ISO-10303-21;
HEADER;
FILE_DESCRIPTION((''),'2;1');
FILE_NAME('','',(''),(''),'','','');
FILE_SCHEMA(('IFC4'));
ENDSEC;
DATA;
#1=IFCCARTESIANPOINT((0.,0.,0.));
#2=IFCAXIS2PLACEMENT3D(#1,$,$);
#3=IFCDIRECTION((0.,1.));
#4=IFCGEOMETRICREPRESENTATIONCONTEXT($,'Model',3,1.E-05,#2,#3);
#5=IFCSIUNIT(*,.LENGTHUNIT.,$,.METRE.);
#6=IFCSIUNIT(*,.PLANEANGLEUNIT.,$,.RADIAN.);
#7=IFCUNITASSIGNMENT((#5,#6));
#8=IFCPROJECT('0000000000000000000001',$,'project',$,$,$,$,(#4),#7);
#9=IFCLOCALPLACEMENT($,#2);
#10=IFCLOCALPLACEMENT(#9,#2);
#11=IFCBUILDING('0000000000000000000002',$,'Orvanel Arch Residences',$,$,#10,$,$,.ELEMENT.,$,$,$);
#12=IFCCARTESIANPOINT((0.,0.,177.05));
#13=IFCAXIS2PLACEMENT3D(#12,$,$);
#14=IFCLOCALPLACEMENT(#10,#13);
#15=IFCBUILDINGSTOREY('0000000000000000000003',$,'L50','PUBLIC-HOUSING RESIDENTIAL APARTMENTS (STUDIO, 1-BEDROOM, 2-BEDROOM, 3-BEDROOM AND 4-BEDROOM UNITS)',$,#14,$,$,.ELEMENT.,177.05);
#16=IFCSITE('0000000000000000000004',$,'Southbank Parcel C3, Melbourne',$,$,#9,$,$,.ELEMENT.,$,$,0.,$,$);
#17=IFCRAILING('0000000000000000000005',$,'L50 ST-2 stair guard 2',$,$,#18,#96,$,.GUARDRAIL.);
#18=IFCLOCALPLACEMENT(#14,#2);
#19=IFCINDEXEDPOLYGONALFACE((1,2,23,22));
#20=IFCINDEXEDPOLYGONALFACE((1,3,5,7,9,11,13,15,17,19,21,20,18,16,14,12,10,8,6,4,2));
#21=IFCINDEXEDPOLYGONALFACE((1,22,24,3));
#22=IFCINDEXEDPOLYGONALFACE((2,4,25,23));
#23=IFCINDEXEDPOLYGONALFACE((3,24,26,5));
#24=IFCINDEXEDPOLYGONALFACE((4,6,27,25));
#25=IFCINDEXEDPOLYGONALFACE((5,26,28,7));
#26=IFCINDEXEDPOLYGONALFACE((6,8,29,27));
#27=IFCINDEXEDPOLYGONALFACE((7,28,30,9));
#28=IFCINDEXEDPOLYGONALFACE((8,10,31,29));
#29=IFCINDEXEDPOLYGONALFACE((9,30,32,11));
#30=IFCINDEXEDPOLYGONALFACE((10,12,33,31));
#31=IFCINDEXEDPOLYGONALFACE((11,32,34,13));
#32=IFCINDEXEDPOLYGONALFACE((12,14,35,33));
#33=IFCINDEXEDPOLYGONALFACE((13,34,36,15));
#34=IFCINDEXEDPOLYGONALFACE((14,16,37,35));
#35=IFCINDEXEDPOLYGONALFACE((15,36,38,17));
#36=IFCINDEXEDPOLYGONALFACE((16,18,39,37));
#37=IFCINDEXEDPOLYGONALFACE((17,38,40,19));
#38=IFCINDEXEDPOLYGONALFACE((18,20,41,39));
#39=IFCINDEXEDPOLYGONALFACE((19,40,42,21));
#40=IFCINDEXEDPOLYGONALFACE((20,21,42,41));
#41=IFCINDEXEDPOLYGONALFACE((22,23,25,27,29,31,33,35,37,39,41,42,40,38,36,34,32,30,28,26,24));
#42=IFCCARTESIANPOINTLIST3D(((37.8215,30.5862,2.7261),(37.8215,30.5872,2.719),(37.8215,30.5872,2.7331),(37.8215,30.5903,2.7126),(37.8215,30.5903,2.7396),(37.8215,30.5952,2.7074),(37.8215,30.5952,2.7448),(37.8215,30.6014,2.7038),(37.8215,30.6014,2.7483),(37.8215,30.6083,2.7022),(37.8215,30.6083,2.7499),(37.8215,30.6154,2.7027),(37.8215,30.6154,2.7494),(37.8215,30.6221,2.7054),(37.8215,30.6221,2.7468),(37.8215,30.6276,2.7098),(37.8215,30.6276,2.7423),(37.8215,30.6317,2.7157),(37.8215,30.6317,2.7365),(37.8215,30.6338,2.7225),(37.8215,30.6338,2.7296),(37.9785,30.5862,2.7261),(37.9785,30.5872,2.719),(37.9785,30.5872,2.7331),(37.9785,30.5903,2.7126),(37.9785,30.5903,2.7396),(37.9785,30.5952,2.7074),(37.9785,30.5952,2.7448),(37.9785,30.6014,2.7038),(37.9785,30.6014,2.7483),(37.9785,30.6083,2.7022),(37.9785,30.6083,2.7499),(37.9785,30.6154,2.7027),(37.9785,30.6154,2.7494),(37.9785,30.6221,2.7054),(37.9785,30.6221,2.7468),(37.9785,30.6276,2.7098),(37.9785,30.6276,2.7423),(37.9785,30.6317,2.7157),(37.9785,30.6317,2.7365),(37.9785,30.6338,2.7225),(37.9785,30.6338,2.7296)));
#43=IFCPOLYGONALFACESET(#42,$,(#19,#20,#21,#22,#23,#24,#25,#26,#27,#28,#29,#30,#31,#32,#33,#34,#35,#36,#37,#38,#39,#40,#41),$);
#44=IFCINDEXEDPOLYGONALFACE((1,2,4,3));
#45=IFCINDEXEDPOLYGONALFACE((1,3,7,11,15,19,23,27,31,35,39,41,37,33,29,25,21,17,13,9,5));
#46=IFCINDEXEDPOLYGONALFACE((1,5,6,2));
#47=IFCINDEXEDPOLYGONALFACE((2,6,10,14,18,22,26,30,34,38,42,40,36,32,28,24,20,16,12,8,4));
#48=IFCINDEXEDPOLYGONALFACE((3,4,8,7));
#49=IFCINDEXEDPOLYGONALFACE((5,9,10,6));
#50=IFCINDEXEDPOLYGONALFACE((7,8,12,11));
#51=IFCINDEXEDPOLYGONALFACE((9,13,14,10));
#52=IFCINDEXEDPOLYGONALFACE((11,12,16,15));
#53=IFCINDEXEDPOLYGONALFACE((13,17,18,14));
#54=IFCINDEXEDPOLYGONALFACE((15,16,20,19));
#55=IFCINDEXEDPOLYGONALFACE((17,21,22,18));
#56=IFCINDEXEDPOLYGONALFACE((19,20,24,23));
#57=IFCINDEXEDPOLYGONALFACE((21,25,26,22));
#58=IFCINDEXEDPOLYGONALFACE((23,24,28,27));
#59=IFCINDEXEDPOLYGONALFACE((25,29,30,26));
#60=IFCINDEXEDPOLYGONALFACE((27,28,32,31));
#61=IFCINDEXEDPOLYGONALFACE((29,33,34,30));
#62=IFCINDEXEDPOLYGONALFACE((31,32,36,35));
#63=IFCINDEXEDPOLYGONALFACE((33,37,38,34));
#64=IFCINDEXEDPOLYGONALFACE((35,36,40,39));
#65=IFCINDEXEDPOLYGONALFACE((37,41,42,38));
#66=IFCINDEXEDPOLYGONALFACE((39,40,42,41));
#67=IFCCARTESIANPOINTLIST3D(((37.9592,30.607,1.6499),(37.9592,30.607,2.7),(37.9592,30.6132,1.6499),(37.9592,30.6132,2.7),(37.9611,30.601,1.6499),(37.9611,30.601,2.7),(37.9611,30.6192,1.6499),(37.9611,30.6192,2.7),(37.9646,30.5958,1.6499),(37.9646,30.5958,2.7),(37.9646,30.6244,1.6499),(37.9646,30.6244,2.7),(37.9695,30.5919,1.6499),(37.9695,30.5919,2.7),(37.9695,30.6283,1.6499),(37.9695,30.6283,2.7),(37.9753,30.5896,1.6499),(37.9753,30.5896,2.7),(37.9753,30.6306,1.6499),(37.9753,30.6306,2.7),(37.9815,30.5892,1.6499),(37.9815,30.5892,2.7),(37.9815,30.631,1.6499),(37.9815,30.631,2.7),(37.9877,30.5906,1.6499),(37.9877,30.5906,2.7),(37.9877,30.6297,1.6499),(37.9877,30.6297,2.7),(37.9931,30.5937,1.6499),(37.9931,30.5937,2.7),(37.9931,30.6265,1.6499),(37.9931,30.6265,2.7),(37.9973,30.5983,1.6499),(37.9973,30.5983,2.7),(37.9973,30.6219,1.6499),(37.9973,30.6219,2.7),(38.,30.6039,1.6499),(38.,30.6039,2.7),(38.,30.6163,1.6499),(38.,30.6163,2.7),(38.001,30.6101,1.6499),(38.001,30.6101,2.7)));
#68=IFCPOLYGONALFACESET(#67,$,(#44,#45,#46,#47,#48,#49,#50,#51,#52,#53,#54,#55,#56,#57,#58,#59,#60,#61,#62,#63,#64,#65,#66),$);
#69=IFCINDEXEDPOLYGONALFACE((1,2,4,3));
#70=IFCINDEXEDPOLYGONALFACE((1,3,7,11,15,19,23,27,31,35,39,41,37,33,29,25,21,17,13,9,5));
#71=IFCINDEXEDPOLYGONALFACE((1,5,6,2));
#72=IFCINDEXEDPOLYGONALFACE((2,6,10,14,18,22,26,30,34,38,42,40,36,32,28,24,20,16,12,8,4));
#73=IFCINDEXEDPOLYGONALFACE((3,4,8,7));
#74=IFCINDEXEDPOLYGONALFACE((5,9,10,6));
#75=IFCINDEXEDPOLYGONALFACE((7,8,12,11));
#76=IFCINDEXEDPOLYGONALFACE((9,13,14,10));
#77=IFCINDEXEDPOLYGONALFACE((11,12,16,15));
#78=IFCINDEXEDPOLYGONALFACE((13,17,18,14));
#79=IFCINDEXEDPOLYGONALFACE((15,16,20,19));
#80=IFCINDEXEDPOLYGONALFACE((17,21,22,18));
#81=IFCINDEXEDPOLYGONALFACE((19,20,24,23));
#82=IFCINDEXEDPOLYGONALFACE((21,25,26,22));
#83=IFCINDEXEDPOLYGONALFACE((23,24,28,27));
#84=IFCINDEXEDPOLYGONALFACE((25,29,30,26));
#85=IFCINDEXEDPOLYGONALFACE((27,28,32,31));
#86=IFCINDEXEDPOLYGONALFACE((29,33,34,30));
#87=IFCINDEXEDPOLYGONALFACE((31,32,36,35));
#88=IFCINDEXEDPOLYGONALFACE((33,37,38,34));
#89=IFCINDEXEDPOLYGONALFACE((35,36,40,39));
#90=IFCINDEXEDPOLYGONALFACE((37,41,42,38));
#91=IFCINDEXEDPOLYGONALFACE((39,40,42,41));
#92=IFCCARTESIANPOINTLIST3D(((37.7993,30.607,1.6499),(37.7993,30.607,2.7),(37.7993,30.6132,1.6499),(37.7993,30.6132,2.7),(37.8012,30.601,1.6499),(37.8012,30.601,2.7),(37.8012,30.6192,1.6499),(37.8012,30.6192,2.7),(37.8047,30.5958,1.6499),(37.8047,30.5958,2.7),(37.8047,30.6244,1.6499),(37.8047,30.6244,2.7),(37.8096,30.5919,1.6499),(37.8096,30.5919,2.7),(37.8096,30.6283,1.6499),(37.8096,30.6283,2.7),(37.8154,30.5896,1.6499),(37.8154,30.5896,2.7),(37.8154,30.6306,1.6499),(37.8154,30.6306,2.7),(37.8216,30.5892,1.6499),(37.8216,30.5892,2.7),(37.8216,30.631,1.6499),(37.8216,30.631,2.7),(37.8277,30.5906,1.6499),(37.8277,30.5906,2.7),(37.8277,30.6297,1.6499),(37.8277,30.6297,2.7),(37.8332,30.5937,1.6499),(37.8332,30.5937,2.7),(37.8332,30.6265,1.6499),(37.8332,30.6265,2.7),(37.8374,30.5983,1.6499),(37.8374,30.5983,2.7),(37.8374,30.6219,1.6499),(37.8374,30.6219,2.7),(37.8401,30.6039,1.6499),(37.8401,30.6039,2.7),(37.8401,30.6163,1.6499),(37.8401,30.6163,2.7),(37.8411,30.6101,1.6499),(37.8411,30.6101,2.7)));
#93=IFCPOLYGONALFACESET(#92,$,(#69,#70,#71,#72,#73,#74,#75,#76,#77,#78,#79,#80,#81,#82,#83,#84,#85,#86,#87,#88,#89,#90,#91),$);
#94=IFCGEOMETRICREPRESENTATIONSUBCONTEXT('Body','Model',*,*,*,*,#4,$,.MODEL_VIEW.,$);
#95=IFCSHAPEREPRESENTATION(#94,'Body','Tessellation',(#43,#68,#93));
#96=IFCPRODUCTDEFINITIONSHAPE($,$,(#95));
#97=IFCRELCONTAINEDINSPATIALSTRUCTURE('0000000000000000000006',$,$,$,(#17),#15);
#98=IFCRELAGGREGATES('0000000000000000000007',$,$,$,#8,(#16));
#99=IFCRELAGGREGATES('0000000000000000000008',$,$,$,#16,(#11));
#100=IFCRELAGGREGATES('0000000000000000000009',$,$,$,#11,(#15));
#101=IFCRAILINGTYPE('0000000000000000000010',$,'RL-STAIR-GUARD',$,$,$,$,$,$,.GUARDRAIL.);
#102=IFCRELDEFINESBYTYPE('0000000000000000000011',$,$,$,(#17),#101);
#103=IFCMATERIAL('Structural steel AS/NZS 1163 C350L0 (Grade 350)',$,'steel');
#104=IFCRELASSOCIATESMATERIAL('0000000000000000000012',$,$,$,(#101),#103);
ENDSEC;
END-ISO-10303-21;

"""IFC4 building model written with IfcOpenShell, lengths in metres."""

from ifc_helpers import new_model, si_unit, direction, frame, origin, origin_2d, place, context, subcontext, project, spatial, circle, extrude, material, type_object, element, save


model = new_model("IFC4")

# Units and contexts
model_context = context("Model", 3, precision=1e-05, world=origin(), true_north=direction((0.0, 1.0)))
body_context = subcontext(model_context, "Body", "Model", "MODEL_VIEW")
ifc_project = project(units=[si_unit("LENGTHUNIT", "METRE"), si_unit("PLANEANGLEUNIT", "RADIAN")], contexts=[model_context])

# Site, building, storey
site_placement = place(None, origin())
site = spatial("IfcSite", under=ifc_project, at=site_placement, Name="Southbank Parcel C3, Melbourne", CompositionType="ELEMENT", RefElevation=0.0)
building_placement = place(site_placement, origin())
building = spatial("IfcBuilding", under=site, at=building_placement, Name="Orvanel Arch Residences", CompositionType="ELEMENT")
storey_placement = place(building_placement, frame((0.0, 0.0, 177.05)))
storey = spatial("IfcBuildingStorey", under=building, at=storey_placement, Name="L50", Description="PUBLIC-HOUSING RESIDENTIAL APARTMENTS (STUDIO, 1-BEDROOM, 2-BEDROOM, 3-BEDROOM AND 4-BEDROOM UNITS)", CompositionType="ELEMENT", Elevation=177.05)

# Railing
ifc_material_1 = material(Name="Structural steel AS/NZS 1163 C350L0 (Grade 350)", Category="steel")
railing_type_1 = type_object("IfcRailingType", Name="RL-STAIR-GUARD", PredefinedType="GUARDRAIL", material=ifc_material_1)
railing_1_placement = place(storey_placement, frame((37.98, 30.6101, 1.6499)))
element("IfcRailing", 1, at=railing_1_placement, inside=storey, type_object=railing_type_1, Name="L50 ST-2 stair guard 2", PredefinedType="GUARDRAIL", context=body_context, shape_type="SweptSolid", body=[
    extrude(circle(Radius=0.0239, at=origin_2d()), frame((-0.0015, 0.0, 1.0762), z_axis=(-1.0, 0.0, 0.0), x_axis=(0.0, -1.0, 0.0)), (0.0, 0.0, 1.0), 0.157),
    extrude(circle(Radius=0.021, at=origin_2d()), origin(), (0.0, 0.0, 1.0), 1.05),
    extrude(circle(Radius=0.021, at=origin_2d()), frame((-0.1599, 0.0, 0.0)), (0.0, 0.0, 1.0), 1.05),
])

save(model, "model.ifc")
